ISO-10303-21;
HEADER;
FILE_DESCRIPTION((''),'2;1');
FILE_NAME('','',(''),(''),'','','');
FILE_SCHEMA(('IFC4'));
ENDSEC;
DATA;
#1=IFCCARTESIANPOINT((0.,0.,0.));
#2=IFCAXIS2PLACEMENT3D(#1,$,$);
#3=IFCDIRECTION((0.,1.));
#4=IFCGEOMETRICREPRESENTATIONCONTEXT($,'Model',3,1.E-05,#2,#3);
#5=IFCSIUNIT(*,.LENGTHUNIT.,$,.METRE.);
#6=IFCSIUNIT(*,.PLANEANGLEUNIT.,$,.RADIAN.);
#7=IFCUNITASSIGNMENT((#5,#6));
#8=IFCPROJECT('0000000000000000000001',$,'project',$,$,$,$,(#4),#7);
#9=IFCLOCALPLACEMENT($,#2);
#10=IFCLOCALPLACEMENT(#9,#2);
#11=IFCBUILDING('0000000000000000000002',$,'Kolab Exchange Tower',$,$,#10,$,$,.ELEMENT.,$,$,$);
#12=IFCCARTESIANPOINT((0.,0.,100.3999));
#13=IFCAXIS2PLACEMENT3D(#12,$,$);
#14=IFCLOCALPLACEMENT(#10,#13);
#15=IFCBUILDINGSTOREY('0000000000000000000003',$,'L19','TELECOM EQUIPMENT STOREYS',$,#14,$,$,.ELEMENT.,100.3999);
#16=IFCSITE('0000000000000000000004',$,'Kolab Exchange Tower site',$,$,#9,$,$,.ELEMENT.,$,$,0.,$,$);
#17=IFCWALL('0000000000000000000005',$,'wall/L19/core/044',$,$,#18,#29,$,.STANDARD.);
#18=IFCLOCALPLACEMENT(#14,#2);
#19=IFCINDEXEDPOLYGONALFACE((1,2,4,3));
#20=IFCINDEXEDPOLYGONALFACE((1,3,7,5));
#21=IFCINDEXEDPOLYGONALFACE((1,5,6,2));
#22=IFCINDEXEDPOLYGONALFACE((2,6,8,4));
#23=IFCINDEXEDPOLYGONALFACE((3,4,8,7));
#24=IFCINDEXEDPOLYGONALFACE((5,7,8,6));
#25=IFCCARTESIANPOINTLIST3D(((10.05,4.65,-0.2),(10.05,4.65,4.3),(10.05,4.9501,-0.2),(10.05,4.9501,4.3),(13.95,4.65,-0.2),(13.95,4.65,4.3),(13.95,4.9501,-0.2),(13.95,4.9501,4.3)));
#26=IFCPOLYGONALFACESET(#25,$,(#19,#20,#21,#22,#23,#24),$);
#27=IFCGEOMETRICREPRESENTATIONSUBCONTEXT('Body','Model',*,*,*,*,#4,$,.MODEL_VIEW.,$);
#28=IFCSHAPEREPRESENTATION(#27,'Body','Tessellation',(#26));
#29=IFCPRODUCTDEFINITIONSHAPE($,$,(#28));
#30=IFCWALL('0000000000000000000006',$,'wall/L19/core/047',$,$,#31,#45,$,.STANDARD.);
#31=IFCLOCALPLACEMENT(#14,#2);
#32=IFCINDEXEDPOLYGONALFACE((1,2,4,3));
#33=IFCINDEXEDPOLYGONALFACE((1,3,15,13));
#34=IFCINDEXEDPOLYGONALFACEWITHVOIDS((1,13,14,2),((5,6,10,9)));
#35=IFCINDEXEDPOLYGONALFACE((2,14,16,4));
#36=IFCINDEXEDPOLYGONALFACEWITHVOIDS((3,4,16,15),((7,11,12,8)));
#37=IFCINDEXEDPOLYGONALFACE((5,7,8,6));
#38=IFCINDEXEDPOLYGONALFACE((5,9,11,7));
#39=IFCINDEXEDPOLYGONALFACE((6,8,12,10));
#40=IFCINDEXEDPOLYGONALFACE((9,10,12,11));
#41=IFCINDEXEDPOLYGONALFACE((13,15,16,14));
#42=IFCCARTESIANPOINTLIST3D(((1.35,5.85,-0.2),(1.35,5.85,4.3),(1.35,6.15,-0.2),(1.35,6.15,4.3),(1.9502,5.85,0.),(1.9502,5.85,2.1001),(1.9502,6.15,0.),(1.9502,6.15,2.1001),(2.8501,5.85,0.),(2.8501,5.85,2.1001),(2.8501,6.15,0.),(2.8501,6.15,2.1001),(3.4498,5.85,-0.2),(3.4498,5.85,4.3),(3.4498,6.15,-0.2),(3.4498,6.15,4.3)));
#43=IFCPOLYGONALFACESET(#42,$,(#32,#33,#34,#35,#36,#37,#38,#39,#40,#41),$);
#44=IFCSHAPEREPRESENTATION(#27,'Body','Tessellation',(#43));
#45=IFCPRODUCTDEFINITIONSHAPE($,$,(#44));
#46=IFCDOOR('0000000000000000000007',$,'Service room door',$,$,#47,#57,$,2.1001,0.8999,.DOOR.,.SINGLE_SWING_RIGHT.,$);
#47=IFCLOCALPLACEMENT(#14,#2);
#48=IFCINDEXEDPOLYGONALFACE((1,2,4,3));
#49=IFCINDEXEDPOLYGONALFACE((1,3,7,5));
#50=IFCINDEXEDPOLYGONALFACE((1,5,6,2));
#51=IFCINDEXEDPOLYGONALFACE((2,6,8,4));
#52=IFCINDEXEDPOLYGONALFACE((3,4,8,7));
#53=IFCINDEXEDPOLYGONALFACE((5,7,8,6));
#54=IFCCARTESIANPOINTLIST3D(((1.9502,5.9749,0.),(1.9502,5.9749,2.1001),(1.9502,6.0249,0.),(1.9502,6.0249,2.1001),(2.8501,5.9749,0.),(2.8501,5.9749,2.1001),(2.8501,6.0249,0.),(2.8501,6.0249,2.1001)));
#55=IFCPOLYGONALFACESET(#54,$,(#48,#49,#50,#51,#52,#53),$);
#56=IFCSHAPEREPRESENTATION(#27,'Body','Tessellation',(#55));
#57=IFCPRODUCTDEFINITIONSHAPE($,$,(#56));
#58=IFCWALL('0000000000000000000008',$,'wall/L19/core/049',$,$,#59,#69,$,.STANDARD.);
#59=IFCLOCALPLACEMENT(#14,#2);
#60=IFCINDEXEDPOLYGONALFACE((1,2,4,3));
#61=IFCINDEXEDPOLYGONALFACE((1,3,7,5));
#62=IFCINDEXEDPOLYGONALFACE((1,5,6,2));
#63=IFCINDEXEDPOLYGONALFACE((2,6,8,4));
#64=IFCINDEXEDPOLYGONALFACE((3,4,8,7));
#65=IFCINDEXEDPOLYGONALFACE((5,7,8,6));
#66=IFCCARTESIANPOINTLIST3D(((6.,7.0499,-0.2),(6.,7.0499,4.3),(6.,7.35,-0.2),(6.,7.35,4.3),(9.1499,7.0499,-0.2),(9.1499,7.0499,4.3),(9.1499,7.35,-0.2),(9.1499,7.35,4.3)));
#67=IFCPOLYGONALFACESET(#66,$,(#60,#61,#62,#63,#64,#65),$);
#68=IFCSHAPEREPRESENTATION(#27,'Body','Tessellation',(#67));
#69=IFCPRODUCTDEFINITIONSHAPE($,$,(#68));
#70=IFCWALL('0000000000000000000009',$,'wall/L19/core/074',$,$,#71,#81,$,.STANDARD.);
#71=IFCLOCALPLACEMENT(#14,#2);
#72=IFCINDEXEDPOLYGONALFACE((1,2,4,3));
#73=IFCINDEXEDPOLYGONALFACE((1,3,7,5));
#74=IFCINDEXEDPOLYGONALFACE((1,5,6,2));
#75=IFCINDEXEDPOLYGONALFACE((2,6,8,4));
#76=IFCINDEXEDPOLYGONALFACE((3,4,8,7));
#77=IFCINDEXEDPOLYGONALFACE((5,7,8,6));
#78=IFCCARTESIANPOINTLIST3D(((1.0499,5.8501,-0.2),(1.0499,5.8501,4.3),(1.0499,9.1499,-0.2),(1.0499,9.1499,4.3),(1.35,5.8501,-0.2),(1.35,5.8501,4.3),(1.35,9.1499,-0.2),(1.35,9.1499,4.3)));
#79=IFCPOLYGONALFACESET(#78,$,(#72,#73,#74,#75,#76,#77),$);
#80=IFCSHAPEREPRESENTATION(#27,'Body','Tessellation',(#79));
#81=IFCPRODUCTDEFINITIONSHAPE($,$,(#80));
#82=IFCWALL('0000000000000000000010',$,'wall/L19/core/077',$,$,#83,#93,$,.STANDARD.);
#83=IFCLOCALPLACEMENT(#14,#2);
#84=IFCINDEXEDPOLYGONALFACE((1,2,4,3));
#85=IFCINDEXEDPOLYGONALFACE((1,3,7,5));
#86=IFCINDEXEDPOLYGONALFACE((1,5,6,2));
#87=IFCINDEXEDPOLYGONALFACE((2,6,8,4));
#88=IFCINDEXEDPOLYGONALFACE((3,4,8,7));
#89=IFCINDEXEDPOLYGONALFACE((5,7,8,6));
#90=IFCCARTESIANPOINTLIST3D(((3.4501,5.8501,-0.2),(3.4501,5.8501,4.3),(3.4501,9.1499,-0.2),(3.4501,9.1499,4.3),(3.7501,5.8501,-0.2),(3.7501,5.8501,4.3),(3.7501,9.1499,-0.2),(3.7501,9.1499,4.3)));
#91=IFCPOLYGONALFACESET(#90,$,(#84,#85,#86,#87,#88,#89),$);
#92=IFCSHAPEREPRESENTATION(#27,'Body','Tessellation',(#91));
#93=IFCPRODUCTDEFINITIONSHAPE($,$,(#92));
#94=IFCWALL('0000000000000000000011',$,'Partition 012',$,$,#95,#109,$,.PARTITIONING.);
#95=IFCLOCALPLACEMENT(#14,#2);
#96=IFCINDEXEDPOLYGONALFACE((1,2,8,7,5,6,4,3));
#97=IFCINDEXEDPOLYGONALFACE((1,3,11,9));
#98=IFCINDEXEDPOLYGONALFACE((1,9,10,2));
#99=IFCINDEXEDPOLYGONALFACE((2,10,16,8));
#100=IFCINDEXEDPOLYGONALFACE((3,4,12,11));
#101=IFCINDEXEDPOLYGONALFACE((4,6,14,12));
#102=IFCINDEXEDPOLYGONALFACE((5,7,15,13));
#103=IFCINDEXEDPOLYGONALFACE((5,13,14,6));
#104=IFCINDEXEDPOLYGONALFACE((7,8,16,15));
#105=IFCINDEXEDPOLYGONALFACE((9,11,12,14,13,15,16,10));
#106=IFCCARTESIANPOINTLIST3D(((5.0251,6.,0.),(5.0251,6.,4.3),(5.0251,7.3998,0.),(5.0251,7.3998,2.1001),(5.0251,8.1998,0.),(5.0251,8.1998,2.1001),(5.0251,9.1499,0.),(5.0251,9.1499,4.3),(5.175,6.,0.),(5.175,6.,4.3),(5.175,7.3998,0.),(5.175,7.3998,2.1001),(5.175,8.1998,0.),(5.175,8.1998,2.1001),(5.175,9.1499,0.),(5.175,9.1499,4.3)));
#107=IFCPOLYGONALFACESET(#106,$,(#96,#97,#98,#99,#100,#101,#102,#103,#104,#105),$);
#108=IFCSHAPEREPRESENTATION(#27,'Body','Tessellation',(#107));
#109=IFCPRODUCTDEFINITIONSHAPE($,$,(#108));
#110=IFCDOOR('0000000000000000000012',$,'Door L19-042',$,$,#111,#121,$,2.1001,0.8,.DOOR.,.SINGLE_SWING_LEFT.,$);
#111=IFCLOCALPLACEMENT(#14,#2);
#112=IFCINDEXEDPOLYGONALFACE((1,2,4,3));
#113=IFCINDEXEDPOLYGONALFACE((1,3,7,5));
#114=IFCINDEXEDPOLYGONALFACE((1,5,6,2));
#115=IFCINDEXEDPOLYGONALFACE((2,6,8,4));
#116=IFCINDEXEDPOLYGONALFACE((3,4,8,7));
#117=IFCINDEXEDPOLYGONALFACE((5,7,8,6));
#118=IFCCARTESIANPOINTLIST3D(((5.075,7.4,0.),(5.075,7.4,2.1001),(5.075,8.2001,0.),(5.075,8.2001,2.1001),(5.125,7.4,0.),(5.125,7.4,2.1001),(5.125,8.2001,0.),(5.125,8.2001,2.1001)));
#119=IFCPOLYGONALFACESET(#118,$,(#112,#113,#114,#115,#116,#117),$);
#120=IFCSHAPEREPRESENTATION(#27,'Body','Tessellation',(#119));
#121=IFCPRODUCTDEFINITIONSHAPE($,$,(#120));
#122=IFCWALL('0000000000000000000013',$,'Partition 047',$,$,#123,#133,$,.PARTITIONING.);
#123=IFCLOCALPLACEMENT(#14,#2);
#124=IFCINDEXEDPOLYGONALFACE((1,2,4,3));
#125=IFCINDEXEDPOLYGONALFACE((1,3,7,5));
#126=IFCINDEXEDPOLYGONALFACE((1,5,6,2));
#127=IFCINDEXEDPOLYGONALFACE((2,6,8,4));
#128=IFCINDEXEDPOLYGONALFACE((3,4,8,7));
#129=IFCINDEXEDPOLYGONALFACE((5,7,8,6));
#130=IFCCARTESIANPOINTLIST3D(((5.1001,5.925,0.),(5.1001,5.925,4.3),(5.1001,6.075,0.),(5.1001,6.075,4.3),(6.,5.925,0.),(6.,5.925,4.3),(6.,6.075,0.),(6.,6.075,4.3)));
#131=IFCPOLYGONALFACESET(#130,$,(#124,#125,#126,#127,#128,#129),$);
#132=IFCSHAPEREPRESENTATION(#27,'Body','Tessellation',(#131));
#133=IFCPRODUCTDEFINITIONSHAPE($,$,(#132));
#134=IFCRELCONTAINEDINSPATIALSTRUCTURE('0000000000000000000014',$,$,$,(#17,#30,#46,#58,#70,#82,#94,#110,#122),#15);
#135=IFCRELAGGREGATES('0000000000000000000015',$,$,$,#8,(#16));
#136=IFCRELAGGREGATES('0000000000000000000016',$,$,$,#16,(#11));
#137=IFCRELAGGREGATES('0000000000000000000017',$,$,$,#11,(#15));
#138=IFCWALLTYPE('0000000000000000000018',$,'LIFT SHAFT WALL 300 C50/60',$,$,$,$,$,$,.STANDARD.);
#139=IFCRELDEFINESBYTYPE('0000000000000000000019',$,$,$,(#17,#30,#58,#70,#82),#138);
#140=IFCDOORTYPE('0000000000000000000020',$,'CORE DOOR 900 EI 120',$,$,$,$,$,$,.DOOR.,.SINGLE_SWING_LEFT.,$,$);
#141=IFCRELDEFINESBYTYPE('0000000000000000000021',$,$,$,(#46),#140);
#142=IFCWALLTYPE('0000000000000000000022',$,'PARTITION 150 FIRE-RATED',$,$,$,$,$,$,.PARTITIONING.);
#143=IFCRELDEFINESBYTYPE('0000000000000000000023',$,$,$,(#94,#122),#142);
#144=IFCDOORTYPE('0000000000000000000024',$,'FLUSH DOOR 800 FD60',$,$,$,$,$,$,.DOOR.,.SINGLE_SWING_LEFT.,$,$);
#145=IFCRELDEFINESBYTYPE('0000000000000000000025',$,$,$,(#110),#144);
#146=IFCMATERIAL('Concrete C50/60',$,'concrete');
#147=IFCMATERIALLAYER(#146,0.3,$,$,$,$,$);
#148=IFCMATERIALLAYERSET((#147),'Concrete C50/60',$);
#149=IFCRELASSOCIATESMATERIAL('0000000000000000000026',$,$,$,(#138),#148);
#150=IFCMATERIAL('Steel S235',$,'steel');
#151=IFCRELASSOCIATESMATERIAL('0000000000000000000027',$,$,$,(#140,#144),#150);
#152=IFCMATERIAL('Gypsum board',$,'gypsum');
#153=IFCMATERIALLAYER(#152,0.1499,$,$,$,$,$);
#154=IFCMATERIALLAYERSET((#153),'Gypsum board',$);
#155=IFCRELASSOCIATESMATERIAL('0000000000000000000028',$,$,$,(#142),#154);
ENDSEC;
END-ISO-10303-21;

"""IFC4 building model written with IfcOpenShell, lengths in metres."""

from ifc_helpers import new_model, si_unit, direction, frame, frame_2d, origin, place, context, subcontext, project, spatial, rectangle, extrude, material, layer, layer_set, type_object, element, fill, save


model = new_model("IFC4")

# Units and contexts
model_context = context("Model", 3, precision=1e-05, world=origin(), true_north=direction((0.0, 1.0)))
body_context = subcontext(model_context, "Body", "Model", "MODEL_VIEW")
ifc_project = project(units=[si_unit("LENGTHUNIT", "METRE"), si_unit("PLANEANGLEUNIT", "RADIAN")], contexts=[model_context])

# Site, building, storey
site_placement = place(None, origin())
site = spatial("IfcSite", under=ifc_project, at=site_placement, Name="Kolab Exchange Tower site", CompositionType="ELEMENT", RefElevation=0.0)
building_placement = place(site_placement, origin())
building = spatial("IfcBuilding", under=site, at=building_placement, Name="Kolab Exchange Tower", CompositionType="ELEMENT")
storey_placement = place(building_placement, frame((0.0, 0.0, 100.3999)))
storey = spatial("IfcBuildingStorey", under=building, at=storey_placement, Name="L19", Description="TELECOM EQUIPMENT STOREYS", CompositionType="ELEMENT", Elevation=100.3999)

# Shared definitions
ifc_material_1 = material(Name="Concrete C50/60", Category="concrete")

# Shared definitions
ifc_layer_1 = layer(ifc_material_1, 0.3)
ifc_layer_set_1 = layer_set([ifc_layer_1], Name="Concrete C50/60")
wall_type_1 = type_object("IfcWallType", Name="LIFT SHAFT WALL 300 C50/60", PredefinedType="STANDARD", material=ifc_layer_set_1)

# Shared definitions
ifc_material_2 = material(Name="Steel S235", Category="steel")
door_type_1 = type_object("IfcDoorType", Name="CORE DOOR 900 EI 120", OperationType="SINGLE_SWING_LEFT", PredefinedType="DOOR", material=ifc_material_2)

# Wall
wall_1_placement = place(storey_placement, frame((10.05, 4.8, -0.2), z_axis=(0.0, 0.0, 1.0), x_axis=(1.0, 0.0, 0.0)))
element("IfcWall", 1, at=wall_1_placement, inside=storey, type_object=wall_type_1, Name="wall/L19/core/044", PredefinedType="STANDARD", context=body_context, shape_type="SweptSolid", body=[
    extrude(rectangle(XDim=3.8999, YDim=0.3, at=frame_2d((1.95, 0.0))), origin(), (0.0, 0.0, 1.0), 4.5),
])

# Wall, opening, door
wall_2_placement = place(storey_placement, frame((1.3501, 6.0, -0.2), z_axis=(0.0, 0.0, 1.0), x_axis=(1.0, 0.0, 0.0)))
wall_2 = element("IfcWall", 2, at=wall_2_placement, inside=storey, type_object=wall_type_1, Name="wall/L19/core/047", PredefinedType="STANDARD", context=body_context, shape_type="SweptSolid", body=[
    extrude(rectangle(XDim=2.0999, YDim=0.3, at=frame_2d((1.0498, 0.0))), origin(), (0.0, 0.0, 1.0), 4.5),
])
opening_1_placement = place(wall_2_placement, frame((0.6001, 0.0, 0.2)))
opening_1 = element("IfcOpeningElement", 3, at=opening_1_placement, cuts=wall_2, PredefinedType="OPENING", context=body_context, shape_type="SweptSolid", body=[
    extrude(rectangle(XDim=0.8999, YDim=2.1001, at=frame_2d((0.45, 1.05))), frame((0.0, 0.1602, 0.0), z_axis=(0.0, -1.0, 0.0), x_axis=(1.0, 0.0, 0.0)), (0.0, 0.0, 1.0), 0.3201),
])
door_1_placement = place(opening_1_placement, origin())
door_1 = element("IfcDoor", 4, at=door_1_placement, inside=storey, type_object=door_type_1, Name="Service room door", OperationType="SINGLE_SWING_RIGHT", OverallHeight=2.1001, OverallWidth=0.8999, PredefinedType="DOOR", context=body_context, shape_type="SweptSolid", body=[
    extrude(rectangle(XDim=0.8999, YDim=2.1001, at=frame_2d((0.45, 1.05))), frame((0.0, 0.0249, 0.0), z_axis=(0.0, -1.0, 0.0), x_axis=(1.0, 0.0, 0.0)), (0.0, 0.0, 1.0), 0.05),
])
fill(opening_1, door_1)

# Walls
wall_3_placement = place(storey_placement, frame((6.0, 7.2, -0.2), z_axis=(0.0, 0.0, 1.0), x_axis=(1.0, 0.0, 0.0)))
element("IfcWall", 5, at=wall_3_placement, inside=storey, type_object=wall_type_1, Name="wall/L19/core/049", PredefinedType="STANDARD", context=body_context, shape_type="SweptSolid", body=[
    extrude(rectangle(XDim=3.1499, YDim=0.3, at=frame_2d((1.575, 0.0))), origin(), (0.0, 0.0, 1.0), 4.5),
])
for number, where, z_axis, x_axis, name in (
    (6, (1.2, 5.8501, -0.2), (0.0, 0.0, 1.0), (0.0, 1.0, 0.0), "wall/L19/core/074"),
    (7, (3.6001, 5.8501, -0.2), (0.0, 0.0, 1.0), (0.0, 1.0, 0.0), "wall/L19/core/077"),
):
    element("IfcWall", number, at=place(storey_placement, frame(where, z_axis=z_axis, x_axis=x_axis)), inside=storey, type_object=wall_type_1, Name=name, PredefinedType="STANDARD", context=body_context, shape_type="SweptSolid", body=[
        extrude(rectangle(XDim=3.2998, YDim=0.3, at=frame_2d((1.6499, 0.0))), origin(), (0.0, 0.0, 1.0), 4.5),
    ])

# Wall, opening, door
ifc_material_3 = material(Name="Gypsum board", Category="gypsum")
ifc_layer_2 = layer(ifc_material_3, 0.1499)
ifc_layer_set_2 = layer_set([ifc_layer_2], Name="Gypsum board")
wall_type_2 = type_object("IfcWallType", Name="PARTITION 150 FIRE-RATED", PredefinedType="PARTITIONING", material=ifc_layer_set_2)
wall_4_placement = place(storey_placement, frame((5.1001, 6.0, 0.0), z_axis=(0.0, 0.0, 1.0), x_axis=(0.0, 1.0, 0.0)))
wall_4 = element("IfcWall", 8, at=wall_4_placement, inside=storey, type_object=wall_type_2, Name="Partition 012", PredefinedType="PARTITIONING", context=body_context, shape_type="SweptSolid", body=[
    extrude(rectangle(XDim=3.1499, YDim=0.1499, at=frame_2d((1.575, 0.0))), origin(), (0.0, 0.0, 1.0), 4.3),
])
opening_2_placement = place(wall_4_placement, frame((1.3999, 0.0, 0.0)))
opening_2 = element("IfcOpeningElement", 9, at=opening_2_placement, cuts=wall_4, PredefinedType="OPENING", context=body_context, shape_type="SweptSolid", body=[
    extrude(rectangle(XDim=0.8, YDim=2.1001, at=frame_2d((0.3999, 1.05))), frame((0.0, 0.085, 0.0), z_axis=(0.0, -1.0, 0.0), x_axis=(1.0, 0.0, 0.0)), (0.0, 0.0, 1.0), 0.1699),
])
door_type_2 = type_object("IfcDoorType", Name="FLUSH DOOR 800 FD60", OperationType="SINGLE_SWING_LEFT", PredefinedType="DOOR", material=ifc_material_2)
door_2_placement = place(opening_2_placement, frame((0.8, 0.0, 0.0), z_axis=(0.0, 0.0, 1.0), x_axis=(-1.0, 0.0, 0.0)))
door_2 = element("IfcDoor", 10, at=door_2_placement, inside=storey, type_object=door_type_2, Name="Door L19-042", OperationType="SINGLE_SWING_LEFT", OverallHeight=2.1001, OverallWidth=0.8, PredefinedType="DOOR", context=body_context, shape_type="SweptSolid", body=[
    extrude(rectangle(XDim=0.8, YDim=2.1001, at=frame_2d((0.3999, 1.05))), frame((0.0, 0.0249, 0.0), z_axis=(0.0, -1.0, 0.0), x_axis=(1.0, 0.0, 0.0)), (0.0, 0.0, 1.0), 0.05),
])
fill(opening_2, door_2)

# Wall
wall_5_placement = place(storey_placement, frame((5.1001, 6.0, 0.0), z_axis=(0.0, 0.0, 1.0), x_axis=(1.0, 0.0, 0.0)))
element("IfcWall", 11, at=wall_5_placement, inside=storey, type_object=wall_type_2, Name="Partition 047", PredefinedType="PARTITIONING", context=body_context, shape_type="SweptSolid", body=[
    extrude(rectangle(XDim=0.8999, YDim=0.1499, at=frame_2d((0.45, 0.0))), origin(), (0.0, 0.0, 1.0), 4.3),
])

save(model, "model.ifc")
